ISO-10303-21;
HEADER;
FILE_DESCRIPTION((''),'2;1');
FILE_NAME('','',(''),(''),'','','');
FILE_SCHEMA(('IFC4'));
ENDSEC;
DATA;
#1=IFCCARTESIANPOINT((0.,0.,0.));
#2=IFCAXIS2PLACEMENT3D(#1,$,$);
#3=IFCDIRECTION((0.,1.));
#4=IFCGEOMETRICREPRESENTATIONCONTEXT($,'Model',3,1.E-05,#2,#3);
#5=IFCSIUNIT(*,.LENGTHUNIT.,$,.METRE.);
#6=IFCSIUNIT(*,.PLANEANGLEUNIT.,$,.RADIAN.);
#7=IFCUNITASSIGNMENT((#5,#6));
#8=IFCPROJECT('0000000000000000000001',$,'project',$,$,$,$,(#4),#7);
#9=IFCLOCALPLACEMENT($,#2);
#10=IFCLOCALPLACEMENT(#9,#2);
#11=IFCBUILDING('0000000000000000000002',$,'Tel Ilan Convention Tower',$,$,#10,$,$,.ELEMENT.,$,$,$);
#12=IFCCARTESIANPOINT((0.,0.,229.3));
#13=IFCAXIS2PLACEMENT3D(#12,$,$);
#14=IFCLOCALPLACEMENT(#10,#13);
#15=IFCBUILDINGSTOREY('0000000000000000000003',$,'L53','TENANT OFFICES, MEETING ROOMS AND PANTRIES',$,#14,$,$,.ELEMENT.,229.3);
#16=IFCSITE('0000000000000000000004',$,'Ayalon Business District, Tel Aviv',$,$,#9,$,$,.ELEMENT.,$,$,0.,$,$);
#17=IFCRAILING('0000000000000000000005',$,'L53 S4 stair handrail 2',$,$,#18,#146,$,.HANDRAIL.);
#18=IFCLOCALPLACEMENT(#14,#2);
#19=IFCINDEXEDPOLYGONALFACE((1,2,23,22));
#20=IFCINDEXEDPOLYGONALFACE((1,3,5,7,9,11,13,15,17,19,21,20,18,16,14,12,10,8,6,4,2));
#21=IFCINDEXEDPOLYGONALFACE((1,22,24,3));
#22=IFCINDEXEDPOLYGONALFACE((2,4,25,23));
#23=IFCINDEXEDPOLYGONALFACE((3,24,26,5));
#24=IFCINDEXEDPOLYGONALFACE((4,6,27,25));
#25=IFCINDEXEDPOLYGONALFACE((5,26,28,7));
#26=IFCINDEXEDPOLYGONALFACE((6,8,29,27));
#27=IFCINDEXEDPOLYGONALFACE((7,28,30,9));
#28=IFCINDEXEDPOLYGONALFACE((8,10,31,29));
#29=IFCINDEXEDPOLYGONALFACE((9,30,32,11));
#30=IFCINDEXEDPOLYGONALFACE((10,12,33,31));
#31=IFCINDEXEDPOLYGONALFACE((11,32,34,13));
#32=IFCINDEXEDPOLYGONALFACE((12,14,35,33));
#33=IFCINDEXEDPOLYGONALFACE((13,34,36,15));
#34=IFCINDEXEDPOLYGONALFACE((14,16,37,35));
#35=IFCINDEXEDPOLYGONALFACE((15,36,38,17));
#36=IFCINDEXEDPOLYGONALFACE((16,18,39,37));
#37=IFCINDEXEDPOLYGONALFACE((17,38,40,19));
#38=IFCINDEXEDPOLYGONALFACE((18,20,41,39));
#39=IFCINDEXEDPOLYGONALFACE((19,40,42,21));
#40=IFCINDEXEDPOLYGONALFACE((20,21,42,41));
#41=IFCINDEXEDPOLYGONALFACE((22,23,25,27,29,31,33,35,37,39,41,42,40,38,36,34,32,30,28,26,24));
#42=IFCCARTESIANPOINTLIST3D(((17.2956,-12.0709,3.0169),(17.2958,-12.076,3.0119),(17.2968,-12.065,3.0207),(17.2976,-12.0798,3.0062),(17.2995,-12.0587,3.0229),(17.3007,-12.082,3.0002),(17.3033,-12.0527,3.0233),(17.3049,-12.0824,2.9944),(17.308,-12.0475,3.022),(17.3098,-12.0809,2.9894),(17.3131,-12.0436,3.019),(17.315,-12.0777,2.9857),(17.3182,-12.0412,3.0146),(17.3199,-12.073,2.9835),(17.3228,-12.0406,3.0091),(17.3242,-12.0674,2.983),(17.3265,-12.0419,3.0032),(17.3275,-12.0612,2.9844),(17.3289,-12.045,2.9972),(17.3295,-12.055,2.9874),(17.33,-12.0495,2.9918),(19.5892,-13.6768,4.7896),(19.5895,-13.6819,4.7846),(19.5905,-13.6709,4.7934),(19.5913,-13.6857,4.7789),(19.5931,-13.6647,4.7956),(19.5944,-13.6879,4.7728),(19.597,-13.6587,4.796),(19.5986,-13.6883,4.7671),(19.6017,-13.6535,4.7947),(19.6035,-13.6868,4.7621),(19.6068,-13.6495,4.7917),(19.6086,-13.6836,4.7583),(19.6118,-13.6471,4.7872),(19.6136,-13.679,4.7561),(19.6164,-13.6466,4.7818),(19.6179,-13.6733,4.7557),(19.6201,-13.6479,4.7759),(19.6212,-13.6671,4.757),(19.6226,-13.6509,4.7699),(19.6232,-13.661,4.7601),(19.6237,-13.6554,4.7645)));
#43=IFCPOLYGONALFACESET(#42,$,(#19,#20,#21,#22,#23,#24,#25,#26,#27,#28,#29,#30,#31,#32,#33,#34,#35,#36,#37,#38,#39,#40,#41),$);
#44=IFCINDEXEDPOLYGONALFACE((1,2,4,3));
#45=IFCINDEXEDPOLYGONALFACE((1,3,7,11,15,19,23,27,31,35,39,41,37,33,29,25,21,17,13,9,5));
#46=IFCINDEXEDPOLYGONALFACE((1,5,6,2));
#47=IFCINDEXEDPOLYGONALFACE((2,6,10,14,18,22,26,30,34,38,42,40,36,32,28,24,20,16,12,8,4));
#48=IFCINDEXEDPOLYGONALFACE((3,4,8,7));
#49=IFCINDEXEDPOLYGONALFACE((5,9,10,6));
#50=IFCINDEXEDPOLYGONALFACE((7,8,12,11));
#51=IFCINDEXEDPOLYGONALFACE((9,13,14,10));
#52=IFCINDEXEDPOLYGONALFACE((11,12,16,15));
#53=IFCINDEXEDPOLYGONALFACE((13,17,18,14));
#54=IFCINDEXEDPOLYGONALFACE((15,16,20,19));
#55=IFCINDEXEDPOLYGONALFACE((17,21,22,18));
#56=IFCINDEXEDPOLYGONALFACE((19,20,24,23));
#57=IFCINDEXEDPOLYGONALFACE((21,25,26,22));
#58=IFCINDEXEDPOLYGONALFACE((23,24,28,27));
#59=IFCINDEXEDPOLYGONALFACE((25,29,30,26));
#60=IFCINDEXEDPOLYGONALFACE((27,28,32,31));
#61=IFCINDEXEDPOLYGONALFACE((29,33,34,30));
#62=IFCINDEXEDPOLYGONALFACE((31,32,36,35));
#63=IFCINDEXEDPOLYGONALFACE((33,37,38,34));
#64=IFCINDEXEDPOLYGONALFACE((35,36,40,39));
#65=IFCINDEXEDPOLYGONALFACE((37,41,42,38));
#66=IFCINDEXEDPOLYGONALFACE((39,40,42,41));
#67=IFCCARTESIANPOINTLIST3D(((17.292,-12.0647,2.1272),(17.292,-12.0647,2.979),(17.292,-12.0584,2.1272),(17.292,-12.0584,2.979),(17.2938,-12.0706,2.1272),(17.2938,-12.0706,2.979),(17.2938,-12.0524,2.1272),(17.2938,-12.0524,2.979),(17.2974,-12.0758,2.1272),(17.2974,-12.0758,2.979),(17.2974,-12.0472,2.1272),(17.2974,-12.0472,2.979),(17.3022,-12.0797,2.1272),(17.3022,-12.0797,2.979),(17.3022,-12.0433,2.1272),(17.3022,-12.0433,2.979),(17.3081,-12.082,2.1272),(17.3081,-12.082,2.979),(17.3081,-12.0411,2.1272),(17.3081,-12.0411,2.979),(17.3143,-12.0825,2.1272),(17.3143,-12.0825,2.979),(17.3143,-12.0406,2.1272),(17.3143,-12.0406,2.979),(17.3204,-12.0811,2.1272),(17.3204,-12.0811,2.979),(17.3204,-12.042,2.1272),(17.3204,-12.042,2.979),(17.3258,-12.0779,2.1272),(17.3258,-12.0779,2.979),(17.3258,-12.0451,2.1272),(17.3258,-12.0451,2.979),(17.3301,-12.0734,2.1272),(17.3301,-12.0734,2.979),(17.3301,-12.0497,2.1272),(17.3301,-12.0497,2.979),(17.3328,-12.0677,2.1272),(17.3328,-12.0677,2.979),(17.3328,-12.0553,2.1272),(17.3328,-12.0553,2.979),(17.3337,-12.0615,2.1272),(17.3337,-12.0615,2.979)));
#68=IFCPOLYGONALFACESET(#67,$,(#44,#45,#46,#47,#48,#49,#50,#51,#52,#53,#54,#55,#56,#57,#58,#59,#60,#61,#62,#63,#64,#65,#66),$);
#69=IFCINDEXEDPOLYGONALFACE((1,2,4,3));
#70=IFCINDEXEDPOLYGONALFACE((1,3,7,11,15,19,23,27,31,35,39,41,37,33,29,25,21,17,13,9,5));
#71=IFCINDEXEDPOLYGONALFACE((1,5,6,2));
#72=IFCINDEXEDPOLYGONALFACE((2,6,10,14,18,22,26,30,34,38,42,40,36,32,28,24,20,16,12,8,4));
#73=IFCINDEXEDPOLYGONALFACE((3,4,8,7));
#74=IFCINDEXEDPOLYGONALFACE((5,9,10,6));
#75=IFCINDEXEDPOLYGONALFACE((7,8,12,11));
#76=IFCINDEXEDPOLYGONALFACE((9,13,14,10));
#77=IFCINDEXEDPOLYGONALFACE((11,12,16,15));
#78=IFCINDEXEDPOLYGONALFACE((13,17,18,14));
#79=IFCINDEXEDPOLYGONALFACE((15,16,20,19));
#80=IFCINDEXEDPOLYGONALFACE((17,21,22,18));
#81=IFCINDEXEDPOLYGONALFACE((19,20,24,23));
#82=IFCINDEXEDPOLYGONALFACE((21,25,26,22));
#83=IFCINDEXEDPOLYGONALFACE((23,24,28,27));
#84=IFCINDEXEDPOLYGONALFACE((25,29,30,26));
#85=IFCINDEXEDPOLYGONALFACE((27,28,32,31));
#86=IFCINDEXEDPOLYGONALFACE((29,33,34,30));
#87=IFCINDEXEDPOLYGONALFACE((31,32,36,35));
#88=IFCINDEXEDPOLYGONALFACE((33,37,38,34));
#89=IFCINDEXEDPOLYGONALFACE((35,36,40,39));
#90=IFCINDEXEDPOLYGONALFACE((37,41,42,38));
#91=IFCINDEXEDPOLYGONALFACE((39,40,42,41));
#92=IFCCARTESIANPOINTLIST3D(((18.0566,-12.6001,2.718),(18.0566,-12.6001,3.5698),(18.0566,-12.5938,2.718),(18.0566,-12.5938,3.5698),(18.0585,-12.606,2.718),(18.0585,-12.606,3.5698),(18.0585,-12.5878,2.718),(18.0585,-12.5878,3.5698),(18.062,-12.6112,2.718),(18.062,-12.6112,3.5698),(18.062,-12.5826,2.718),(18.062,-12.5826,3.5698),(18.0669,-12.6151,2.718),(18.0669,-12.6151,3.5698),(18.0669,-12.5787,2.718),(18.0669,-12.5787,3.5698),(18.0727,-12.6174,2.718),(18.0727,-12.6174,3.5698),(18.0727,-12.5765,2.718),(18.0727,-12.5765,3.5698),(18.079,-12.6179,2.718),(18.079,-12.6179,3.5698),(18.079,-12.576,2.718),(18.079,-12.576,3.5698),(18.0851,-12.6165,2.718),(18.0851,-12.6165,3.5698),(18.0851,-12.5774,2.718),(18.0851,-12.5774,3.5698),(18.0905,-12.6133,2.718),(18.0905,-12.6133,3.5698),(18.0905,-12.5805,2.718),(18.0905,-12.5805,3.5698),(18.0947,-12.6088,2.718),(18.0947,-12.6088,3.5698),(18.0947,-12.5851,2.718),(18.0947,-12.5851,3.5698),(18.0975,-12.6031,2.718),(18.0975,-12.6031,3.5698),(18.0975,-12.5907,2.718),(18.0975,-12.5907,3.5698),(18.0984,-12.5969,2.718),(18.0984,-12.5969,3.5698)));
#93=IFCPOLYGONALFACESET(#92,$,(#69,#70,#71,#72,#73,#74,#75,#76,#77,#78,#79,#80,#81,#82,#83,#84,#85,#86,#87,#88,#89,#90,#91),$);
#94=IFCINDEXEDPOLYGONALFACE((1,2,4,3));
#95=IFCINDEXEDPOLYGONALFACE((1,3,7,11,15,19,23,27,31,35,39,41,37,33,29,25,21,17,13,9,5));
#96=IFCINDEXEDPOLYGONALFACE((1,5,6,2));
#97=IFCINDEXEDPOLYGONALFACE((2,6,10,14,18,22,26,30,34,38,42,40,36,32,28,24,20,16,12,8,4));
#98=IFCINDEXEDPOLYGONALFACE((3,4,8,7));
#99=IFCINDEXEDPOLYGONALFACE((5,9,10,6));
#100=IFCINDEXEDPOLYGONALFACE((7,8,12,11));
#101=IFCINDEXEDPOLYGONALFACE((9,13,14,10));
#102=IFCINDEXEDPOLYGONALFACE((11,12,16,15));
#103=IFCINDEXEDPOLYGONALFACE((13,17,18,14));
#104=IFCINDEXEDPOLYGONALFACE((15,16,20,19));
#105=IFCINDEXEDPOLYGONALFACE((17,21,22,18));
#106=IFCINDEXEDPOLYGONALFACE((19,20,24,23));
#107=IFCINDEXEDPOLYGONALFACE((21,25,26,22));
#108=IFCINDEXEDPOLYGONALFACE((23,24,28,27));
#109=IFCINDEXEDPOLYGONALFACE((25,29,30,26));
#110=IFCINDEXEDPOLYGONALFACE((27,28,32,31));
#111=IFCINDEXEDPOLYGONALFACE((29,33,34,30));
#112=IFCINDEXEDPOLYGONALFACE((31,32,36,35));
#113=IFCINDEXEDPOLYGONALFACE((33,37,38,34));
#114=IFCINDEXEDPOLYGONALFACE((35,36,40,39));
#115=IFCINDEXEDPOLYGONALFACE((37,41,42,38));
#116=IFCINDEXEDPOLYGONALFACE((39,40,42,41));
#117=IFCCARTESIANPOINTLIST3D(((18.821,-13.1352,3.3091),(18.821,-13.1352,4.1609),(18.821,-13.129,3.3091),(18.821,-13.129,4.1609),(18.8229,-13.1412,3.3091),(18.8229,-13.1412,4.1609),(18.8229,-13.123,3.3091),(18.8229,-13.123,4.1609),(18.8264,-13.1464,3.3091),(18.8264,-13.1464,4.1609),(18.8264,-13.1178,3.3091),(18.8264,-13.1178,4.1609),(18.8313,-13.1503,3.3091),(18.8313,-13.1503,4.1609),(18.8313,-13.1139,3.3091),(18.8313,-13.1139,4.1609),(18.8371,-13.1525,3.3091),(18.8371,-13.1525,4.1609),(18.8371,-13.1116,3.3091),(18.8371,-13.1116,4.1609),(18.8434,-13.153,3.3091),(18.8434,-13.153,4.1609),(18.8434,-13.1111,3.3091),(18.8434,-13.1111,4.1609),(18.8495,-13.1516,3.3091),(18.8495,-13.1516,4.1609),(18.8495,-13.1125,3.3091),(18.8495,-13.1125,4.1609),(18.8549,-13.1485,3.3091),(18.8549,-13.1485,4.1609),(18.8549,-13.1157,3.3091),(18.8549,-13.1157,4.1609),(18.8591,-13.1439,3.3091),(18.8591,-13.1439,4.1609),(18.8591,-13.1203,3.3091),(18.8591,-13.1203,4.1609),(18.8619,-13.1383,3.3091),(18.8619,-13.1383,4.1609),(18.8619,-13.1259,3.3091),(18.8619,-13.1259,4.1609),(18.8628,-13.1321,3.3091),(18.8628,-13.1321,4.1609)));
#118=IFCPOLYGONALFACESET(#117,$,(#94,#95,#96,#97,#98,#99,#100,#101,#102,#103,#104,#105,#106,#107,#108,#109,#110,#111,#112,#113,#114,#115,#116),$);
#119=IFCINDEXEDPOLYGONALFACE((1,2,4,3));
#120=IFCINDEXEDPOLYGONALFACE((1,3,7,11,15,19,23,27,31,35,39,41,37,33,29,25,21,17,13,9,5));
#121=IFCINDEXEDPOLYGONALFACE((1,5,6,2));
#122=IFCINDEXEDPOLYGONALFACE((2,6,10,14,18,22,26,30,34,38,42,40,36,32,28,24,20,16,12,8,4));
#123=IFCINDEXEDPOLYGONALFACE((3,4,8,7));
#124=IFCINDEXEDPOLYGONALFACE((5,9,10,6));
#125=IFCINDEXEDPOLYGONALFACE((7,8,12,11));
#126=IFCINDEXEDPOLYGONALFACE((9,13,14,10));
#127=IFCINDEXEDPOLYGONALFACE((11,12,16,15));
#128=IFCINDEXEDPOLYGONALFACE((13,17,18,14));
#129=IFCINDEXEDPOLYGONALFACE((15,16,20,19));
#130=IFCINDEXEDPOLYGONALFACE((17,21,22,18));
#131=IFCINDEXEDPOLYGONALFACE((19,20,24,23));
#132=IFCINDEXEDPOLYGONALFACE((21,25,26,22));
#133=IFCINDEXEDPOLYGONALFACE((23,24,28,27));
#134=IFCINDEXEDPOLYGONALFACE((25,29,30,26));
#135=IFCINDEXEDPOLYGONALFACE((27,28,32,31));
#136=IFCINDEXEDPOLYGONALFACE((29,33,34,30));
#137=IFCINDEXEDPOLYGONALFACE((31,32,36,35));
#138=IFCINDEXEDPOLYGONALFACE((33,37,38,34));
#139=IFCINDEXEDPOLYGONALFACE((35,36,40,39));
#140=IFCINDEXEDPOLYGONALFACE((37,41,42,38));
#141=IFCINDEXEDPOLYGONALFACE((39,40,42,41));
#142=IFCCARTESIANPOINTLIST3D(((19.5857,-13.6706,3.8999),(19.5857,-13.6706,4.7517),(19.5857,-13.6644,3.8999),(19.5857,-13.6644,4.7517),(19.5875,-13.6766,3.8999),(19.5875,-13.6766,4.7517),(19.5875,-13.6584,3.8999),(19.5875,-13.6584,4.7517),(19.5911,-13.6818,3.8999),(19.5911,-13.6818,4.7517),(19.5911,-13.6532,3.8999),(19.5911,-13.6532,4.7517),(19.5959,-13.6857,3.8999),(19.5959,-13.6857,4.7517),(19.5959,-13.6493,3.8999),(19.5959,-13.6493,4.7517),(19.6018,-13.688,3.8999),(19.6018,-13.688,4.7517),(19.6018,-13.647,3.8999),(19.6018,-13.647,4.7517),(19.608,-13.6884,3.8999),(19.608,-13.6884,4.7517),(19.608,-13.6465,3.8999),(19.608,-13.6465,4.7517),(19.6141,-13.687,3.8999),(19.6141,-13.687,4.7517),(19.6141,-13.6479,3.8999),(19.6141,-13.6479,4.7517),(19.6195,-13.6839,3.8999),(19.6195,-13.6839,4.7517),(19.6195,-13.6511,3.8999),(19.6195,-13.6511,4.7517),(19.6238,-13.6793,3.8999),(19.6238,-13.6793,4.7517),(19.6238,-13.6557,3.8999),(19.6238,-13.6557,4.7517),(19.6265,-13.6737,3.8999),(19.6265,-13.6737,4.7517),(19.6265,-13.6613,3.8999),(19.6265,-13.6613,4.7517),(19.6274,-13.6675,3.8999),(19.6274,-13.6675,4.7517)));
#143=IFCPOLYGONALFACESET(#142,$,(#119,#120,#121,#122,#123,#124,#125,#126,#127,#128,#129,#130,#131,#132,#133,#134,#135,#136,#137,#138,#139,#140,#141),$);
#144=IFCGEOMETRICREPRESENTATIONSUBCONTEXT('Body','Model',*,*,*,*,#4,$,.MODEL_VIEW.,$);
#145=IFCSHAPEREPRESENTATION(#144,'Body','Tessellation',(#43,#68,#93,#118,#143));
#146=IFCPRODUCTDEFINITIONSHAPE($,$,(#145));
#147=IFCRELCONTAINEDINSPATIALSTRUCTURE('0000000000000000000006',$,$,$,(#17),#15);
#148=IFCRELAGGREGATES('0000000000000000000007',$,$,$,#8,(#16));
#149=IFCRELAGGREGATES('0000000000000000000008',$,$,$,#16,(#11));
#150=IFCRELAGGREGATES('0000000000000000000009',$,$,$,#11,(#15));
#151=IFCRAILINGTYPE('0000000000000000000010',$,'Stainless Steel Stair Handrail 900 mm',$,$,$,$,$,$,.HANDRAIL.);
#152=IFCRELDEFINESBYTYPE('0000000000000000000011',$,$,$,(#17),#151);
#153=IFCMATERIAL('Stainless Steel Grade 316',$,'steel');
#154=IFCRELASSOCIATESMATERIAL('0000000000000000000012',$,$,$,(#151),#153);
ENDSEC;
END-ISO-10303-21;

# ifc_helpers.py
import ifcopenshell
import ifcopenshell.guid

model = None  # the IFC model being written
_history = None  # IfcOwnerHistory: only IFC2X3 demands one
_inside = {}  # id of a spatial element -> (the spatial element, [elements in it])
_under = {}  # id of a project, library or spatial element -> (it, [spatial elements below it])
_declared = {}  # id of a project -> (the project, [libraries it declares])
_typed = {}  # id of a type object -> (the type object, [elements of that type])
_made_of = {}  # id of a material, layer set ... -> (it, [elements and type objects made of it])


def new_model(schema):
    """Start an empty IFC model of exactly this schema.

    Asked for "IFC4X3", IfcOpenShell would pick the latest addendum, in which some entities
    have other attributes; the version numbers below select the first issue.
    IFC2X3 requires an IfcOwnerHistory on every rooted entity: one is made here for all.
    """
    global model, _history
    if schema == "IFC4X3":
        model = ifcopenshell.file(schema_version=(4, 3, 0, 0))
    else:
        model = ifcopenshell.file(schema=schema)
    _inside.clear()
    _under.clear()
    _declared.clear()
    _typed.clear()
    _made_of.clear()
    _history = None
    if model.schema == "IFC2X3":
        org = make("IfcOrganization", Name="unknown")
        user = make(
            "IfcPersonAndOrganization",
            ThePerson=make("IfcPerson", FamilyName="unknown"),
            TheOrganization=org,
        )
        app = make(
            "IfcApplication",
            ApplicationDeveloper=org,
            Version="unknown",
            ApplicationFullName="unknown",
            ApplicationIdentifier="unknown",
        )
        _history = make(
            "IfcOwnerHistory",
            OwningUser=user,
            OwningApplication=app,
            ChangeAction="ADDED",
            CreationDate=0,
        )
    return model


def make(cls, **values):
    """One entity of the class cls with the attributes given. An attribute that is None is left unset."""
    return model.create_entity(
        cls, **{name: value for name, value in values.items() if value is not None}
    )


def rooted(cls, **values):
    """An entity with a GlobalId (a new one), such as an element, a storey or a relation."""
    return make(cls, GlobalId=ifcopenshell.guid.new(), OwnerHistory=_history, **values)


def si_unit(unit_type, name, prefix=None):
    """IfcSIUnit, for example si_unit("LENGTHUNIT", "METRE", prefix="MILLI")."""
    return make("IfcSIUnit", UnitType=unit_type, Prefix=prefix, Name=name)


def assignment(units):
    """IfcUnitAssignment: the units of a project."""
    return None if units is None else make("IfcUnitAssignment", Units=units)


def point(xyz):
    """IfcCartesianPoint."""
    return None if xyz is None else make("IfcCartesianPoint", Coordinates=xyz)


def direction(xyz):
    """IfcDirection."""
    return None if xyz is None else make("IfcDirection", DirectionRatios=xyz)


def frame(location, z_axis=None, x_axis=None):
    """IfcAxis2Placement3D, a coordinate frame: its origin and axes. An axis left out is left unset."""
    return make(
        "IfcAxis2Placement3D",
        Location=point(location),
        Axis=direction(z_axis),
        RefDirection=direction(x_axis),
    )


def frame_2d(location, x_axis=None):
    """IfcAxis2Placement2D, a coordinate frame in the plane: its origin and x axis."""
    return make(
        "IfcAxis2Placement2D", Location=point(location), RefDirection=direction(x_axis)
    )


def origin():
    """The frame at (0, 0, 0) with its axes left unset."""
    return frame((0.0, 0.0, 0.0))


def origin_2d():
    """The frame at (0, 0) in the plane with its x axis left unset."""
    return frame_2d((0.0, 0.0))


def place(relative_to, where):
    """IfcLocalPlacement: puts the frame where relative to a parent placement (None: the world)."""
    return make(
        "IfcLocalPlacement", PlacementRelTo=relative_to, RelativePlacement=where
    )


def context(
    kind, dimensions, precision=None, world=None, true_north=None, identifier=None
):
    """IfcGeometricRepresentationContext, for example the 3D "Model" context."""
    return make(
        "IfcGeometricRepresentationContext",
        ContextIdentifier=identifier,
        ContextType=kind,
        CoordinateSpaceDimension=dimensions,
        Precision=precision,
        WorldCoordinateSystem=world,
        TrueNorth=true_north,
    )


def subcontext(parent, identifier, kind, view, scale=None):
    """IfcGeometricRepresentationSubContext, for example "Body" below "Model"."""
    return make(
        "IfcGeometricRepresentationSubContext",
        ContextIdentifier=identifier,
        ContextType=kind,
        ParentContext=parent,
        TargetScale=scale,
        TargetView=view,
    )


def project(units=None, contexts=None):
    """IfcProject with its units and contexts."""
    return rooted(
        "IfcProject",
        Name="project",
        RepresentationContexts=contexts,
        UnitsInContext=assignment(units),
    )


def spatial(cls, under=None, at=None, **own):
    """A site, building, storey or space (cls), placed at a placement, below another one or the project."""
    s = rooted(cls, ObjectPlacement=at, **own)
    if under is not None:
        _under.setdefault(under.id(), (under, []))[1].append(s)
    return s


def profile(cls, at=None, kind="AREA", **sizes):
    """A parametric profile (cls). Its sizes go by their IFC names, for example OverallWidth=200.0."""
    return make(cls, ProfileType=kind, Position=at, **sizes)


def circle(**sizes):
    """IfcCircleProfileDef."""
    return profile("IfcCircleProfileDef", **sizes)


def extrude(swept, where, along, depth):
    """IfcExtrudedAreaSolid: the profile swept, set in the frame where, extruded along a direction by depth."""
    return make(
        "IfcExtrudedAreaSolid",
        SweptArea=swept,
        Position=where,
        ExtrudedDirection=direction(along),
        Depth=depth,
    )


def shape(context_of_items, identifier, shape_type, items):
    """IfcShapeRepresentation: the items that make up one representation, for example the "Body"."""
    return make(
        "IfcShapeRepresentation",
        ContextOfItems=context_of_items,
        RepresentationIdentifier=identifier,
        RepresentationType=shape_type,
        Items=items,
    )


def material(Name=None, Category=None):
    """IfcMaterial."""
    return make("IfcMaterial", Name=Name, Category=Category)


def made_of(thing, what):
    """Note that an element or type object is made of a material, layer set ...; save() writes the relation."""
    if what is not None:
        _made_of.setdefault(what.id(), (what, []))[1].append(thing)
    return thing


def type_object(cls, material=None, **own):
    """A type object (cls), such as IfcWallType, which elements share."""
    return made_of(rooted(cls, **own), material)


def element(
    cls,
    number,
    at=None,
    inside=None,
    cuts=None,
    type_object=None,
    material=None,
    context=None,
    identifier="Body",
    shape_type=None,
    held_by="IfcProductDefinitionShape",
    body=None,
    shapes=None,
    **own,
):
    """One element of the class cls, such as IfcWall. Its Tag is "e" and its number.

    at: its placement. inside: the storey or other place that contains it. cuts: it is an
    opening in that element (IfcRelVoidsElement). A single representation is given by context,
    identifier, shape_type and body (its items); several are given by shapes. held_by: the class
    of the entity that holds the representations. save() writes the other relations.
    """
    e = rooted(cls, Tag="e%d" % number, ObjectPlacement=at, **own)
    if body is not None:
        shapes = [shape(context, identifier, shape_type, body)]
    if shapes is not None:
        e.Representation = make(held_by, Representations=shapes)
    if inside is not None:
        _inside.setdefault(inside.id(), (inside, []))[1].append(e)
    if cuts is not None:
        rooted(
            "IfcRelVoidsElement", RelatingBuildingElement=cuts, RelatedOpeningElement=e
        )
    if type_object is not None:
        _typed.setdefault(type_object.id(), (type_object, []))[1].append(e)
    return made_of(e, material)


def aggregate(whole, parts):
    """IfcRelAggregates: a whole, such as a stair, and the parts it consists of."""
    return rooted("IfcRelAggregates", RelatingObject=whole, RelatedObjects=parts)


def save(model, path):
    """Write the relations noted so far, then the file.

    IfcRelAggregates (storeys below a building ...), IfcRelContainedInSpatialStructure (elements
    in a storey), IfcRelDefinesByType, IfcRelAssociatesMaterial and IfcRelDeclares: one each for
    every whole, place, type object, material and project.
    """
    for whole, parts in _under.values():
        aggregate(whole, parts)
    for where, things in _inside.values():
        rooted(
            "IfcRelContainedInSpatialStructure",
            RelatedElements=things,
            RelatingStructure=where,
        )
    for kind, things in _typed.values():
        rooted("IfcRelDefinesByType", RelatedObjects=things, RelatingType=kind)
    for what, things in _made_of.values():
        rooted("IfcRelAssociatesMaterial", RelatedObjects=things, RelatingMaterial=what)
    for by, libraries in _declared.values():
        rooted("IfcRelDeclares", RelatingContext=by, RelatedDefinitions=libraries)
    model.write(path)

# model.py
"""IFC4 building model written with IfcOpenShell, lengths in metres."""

from ifc_helpers import new_model, si_unit, direction, frame, origin, origin_2d, place, context, subcontext, project, spatial, circle, extrude, material, type_object, element, save


model = new_model("IFC4")

# Units and contexts
model_context = context("Model", 3, precision=1e-05, world=origin(), true_north=direction((0.0, 1.0)))
body_context = subcontext(model_context, "Body", "Model", "MODEL_VIEW")
ifc_project = project(units=[si_unit("LENGTHUNIT", "METRE"), si_unit("PLANEANGLEUNIT", "RADIAN")], contexts=[model_context])

# Site, building, storey
site_placement = place(None, origin())
site = spatial("IfcSite", under=ifc_project, at=site_placement, Name="Ayalon Business District, Tel Aviv", CompositionType="ELEMENT", RefElevation=0.0)
building_placement = place(site_placement, origin())
building = spatial("IfcBuilding", under=site, at=building_placement, Name="Tel Ilan Convention Tower", CompositionType="ELEMENT")
storey_placement = place(building_placement, frame((0.0, 0.0, 229.3)))
storey = spatial("IfcBuildingStorey", under=building, at=storey_placement, Name="L53", Description="TENANT OFFICES, MEETING ROOMS AND PANTRIES", CompositionType="ELEMENT", Elevation=229.3)

# Railing
ifc_material_1 = material(Name="Stainless Steel Grade 316", Category="steel")
railing_type = type_object("IfcRailingType", Name="Stainless Steel Stair Handrail 900 mm", PredefinedType="HANDRAIL", material=ifc_material_1)
railing_placement = place(storey_placement, frame((17.3127, -12.0615, 2.1272)))
element("IfcRailing", 1, at=railing_placement, inside=storey, type_object=railing_type, Name="L53 S4 stair handrail 2", PredefinedType="HANDRAIL", context=body_context, shape_type="SweptSolid", body=[
    extrude(circle(Radius=0.0239, at=origin_2d()), frame((0.0, 0.0, 0.876), z_axis=(0.692123, -0.484597, 0.534913), x_axis=(0.57355, 0.81917, 0.0)), (0.0, 0.0, 1.0), 3.314),
    extrude(circle(Radius=0.021, at=origin_2d()), origin(), (0.0, 0.0, 1.0), 0.8518),
    extrude(circle(Radius=0.021, at=origin_2d()), frame((0.7646, -0.5354, 0.5908)), (0.0, 0.0, 1.0), 0.8518),
    extrude(circle(Radius=0.021, at=origin_2d()), frame((1.5291, -1.0706, 1.1819)), (0.0, 0.0, 1.0), 0.8518),
    extrude(circle(Radius=0.021, at=origin_2d()), frame((2.2937, -1.606, 1.7727)), (0.0, 0.0, 1.0), 0.8518),
])

save(model, "model.ifc")
